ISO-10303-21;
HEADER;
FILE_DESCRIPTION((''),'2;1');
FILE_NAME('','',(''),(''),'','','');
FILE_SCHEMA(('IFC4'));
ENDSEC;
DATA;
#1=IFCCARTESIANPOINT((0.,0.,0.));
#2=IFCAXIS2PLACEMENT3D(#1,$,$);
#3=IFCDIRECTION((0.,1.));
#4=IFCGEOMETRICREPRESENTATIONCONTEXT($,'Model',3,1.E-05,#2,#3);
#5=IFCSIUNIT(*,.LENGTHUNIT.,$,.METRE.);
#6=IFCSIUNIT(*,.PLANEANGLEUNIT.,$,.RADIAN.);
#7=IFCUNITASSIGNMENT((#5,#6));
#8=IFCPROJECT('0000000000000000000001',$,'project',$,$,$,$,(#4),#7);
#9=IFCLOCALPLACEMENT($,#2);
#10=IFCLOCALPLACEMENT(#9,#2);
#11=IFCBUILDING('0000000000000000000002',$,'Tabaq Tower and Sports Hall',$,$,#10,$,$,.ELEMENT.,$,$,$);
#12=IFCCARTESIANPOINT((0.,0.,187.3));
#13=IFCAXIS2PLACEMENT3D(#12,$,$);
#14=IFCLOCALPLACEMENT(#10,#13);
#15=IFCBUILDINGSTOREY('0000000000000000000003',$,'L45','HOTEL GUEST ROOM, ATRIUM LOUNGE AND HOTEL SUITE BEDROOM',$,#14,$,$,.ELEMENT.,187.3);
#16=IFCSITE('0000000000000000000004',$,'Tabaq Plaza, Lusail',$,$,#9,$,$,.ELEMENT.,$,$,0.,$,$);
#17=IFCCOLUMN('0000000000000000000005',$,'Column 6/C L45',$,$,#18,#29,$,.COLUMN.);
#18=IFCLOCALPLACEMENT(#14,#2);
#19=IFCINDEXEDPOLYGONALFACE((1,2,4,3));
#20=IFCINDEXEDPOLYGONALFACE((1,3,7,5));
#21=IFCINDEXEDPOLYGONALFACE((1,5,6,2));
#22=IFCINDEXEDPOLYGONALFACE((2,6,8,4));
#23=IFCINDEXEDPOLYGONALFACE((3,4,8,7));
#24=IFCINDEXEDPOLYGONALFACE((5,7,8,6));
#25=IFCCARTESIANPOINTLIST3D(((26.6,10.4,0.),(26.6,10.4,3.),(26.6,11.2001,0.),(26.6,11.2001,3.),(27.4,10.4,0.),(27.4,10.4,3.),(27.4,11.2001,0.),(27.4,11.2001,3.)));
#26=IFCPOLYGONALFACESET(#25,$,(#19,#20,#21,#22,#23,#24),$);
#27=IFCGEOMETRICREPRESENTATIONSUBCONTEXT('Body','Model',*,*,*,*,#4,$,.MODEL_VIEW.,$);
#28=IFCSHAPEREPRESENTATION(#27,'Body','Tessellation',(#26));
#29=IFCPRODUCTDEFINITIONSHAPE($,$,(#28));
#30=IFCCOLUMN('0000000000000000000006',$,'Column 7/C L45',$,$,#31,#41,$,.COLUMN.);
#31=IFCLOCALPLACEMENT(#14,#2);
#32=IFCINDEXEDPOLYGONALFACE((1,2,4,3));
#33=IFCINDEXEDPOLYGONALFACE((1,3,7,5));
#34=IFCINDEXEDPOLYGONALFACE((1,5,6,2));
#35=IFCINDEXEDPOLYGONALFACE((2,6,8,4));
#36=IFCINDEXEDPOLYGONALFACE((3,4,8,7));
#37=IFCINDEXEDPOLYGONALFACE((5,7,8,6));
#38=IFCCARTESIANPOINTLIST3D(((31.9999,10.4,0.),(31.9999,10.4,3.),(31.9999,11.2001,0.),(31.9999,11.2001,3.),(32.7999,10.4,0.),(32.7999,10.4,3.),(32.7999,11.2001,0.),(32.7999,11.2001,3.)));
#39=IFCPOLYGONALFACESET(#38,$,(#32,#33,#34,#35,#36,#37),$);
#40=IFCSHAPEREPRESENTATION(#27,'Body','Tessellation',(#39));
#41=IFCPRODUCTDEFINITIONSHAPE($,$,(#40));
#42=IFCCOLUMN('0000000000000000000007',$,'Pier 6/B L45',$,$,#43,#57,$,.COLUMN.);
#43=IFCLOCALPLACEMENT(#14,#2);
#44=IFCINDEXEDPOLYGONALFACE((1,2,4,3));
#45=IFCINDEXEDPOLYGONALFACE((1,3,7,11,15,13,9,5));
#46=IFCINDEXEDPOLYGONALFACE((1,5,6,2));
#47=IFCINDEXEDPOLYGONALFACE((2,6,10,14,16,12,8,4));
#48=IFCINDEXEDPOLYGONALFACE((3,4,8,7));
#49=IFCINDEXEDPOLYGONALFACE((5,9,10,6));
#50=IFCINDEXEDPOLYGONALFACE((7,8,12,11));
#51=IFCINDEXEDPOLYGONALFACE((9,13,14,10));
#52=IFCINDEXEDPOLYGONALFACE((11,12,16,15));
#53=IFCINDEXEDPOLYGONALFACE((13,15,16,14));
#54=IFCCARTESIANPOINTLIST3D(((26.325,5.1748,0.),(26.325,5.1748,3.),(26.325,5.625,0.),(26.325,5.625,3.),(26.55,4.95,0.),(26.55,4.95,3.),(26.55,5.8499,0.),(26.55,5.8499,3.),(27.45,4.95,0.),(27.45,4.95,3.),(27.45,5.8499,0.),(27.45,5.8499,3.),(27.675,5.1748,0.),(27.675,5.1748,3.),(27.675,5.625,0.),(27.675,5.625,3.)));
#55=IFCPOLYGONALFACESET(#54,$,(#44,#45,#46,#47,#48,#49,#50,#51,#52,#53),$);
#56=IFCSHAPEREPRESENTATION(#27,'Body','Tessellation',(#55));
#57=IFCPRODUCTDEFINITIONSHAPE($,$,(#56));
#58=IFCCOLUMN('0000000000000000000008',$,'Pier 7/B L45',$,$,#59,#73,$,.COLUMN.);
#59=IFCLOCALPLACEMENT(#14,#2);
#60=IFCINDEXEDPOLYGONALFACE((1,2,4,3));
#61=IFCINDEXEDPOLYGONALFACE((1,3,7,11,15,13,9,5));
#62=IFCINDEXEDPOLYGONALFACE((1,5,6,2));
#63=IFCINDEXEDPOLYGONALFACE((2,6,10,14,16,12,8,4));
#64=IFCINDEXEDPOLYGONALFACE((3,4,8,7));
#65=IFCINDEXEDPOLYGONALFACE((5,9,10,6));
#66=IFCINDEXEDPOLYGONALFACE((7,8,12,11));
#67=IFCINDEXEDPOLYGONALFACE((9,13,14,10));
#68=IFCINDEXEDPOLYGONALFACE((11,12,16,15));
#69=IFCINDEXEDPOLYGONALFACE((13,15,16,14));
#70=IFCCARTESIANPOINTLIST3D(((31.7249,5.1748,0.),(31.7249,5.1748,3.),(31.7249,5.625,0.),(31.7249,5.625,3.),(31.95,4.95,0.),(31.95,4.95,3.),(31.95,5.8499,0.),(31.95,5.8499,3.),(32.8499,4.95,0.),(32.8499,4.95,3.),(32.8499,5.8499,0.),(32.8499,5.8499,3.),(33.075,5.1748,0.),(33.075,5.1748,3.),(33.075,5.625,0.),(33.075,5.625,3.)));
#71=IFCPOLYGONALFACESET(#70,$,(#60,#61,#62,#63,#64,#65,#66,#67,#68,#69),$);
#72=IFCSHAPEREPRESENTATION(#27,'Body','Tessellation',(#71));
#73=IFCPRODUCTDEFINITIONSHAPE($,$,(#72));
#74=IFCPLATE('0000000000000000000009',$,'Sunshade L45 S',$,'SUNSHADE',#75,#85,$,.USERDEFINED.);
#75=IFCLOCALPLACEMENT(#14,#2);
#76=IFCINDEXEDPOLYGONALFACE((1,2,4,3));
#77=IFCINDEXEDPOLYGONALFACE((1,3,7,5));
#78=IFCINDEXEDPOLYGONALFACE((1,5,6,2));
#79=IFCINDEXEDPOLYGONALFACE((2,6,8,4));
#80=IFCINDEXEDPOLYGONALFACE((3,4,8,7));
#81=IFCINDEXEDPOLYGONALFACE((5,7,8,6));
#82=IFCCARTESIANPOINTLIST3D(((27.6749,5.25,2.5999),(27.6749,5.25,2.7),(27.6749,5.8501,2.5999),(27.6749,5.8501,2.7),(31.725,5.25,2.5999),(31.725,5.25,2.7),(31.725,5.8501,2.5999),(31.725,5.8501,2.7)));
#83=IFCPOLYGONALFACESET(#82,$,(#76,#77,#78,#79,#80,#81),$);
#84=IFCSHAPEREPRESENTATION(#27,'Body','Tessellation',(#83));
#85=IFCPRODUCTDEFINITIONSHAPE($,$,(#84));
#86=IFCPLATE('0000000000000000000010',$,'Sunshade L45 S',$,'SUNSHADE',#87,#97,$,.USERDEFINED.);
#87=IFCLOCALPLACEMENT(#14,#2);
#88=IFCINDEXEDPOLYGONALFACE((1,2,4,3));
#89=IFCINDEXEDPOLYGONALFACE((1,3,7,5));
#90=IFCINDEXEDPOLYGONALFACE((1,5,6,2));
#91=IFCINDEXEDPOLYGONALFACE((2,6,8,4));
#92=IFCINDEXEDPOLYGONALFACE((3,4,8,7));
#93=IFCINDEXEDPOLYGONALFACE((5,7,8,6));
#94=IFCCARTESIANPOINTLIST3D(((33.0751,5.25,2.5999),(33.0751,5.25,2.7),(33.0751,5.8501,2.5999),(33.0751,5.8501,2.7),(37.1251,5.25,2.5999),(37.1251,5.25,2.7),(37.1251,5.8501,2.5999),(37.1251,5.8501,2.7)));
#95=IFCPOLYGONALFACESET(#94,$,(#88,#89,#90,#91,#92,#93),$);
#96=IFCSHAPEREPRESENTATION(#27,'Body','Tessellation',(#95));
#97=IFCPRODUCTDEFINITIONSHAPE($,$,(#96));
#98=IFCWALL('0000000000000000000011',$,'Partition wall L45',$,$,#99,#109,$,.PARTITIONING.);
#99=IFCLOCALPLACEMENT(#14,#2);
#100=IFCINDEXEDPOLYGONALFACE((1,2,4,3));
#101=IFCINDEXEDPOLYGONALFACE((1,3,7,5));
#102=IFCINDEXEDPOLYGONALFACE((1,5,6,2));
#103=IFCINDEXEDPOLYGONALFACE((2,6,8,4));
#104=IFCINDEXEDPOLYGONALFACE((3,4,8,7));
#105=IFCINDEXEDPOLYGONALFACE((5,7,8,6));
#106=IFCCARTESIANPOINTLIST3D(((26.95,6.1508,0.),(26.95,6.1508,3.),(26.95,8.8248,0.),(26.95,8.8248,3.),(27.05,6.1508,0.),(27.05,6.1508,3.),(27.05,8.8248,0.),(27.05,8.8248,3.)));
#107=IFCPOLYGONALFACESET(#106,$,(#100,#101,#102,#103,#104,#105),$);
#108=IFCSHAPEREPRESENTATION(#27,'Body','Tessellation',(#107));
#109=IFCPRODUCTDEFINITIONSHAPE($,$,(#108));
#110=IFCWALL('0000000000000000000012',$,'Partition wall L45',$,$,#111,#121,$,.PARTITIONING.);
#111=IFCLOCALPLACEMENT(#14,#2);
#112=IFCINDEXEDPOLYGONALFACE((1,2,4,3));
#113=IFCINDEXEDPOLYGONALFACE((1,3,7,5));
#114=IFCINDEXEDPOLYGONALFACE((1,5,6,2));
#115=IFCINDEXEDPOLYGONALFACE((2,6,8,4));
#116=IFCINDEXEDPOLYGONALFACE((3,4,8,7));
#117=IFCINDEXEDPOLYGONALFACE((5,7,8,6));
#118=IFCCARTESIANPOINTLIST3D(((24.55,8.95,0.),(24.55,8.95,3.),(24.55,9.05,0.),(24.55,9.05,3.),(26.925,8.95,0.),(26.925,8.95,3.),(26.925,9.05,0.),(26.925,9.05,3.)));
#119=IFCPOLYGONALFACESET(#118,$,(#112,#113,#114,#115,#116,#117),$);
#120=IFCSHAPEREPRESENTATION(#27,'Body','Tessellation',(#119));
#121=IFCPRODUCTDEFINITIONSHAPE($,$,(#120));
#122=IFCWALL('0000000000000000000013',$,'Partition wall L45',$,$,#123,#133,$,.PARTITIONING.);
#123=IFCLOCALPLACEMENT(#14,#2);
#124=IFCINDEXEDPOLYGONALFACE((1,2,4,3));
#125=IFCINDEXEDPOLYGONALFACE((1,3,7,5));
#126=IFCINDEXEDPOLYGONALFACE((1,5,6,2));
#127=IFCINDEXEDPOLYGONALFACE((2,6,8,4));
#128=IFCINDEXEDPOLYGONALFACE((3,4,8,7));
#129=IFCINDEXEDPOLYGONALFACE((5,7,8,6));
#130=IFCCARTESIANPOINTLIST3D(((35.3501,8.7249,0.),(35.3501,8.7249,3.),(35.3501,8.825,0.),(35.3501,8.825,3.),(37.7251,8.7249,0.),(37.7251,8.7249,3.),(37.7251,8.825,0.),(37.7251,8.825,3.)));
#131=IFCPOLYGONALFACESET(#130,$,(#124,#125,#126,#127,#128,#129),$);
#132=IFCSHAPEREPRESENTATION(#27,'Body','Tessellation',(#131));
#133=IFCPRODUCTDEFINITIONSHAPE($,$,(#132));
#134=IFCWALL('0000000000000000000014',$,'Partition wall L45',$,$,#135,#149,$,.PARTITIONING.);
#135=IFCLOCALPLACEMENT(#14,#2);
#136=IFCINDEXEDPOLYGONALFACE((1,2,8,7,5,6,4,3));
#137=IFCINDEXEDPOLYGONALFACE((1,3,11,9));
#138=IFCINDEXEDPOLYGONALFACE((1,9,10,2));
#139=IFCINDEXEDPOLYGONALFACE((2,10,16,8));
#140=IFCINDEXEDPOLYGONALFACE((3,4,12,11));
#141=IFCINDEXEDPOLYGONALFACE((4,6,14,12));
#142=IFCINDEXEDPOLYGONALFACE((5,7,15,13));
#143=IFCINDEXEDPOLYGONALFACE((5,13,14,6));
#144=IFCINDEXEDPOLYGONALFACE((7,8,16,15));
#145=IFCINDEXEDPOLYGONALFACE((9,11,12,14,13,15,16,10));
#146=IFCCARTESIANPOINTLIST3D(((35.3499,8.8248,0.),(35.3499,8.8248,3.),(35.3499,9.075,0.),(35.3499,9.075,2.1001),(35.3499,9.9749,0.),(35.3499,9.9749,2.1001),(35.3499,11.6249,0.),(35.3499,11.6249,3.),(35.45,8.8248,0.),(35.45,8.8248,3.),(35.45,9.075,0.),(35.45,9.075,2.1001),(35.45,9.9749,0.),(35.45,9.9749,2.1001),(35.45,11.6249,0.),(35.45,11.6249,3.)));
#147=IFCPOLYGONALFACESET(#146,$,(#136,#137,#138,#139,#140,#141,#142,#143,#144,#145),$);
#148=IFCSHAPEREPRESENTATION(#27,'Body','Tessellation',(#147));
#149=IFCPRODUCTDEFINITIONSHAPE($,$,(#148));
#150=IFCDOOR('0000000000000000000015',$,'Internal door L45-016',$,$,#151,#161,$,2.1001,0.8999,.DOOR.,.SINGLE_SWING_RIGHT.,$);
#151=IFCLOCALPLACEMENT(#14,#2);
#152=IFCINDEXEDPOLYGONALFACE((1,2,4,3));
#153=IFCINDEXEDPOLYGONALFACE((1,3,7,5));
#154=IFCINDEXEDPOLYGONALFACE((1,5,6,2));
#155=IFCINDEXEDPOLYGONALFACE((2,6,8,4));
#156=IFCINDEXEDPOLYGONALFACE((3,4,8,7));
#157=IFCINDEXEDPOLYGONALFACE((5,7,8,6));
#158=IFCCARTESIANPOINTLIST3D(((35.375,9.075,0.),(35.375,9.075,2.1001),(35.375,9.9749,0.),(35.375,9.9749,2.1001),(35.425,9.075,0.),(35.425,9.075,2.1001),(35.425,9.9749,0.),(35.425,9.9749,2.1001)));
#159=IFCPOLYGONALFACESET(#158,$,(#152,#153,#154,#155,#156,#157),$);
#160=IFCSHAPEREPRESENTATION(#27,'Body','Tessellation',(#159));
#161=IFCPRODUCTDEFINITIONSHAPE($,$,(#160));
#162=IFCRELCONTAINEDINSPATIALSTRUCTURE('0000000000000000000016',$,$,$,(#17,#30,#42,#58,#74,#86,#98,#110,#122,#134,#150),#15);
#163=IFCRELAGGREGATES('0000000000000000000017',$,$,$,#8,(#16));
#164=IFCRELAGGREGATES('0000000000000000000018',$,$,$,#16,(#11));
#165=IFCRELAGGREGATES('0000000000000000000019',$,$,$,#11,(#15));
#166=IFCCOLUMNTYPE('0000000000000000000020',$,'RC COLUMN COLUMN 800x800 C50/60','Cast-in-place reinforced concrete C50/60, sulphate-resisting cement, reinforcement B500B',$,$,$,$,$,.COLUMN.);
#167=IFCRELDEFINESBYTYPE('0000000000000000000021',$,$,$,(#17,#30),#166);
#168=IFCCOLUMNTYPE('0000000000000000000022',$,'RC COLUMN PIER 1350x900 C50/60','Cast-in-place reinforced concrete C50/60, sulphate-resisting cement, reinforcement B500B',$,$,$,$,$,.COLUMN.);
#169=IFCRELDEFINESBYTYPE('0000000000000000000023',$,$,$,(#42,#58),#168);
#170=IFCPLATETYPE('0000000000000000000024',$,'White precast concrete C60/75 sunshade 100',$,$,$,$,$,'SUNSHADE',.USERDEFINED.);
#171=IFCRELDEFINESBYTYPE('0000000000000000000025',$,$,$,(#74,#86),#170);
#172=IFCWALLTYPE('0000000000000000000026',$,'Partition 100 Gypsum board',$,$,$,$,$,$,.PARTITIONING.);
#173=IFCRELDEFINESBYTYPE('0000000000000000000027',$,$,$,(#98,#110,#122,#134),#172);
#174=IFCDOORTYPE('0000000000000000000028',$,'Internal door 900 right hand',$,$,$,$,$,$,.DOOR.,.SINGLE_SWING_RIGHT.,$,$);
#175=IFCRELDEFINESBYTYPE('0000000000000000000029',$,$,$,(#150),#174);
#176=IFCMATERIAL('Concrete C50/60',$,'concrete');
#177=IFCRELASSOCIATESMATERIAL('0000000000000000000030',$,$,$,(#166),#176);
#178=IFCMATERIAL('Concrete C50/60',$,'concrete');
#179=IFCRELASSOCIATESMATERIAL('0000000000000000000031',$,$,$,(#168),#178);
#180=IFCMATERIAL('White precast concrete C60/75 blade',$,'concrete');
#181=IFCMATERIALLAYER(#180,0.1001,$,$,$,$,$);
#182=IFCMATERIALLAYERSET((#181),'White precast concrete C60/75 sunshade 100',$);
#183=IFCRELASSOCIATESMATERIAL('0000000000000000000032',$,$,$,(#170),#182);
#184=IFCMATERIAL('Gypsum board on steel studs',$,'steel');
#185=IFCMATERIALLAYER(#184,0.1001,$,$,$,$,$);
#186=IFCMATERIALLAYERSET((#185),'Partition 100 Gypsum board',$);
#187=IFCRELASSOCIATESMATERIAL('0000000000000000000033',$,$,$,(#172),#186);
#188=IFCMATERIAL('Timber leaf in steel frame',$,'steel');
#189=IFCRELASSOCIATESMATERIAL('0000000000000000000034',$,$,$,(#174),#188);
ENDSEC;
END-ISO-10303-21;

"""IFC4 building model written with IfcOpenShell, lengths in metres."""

from ifc_helpers import new_model, si_unit, direction, frame, frame_2d, origin, origin_2d, place, context, subcontext, project, spatial, polyline, rectangle, outline, extrude, material, layer, layer_set, material_profile, profile_set, type_object, element, fill, save


model = new_model("IFC4")

# Units and contexts
model_context = context("Model", 3, precision=1e-05, world=origin(), true_north=direction((0.0, 1.0)))
body_context = subcontext(model_context, "Body", "Model", "MODEL_VIEW")
ifc_project = project(units=[si_unit("LENGTHUNIT", "METRE"), si_unit("PLANEANGLEUNIT", "RADIAN")], contexts=[model_context])

# Site, building, storey
site_placement = place(None, origin())
site = spatial("IfcSite", under=ifc_project, at=site_placement, Name="Tabaq Plaza, Lusail", CompositionType="ELEMENT", RefElevation=0.0)
building_placement = place(site_placement, origin())
building = spatial("IfcBuilding", under=site, at=building_placement, Name="Tabaq Tower and Sports Hall", CompositionType="ELEMENT")
storey_placement = place(building_placement, frame((0.0, 0.0, 187.3)))
storey = spatial("IfcBuildingStorey", under=building, at=storey_placement, Name="L45", Description="HOTEL GUEST ROOM, ATRIUM LOUNGE AND HOTEL SUITE BEDROOM", CompositionType="ELEMENT", Elevation=187.3)

# Columns
ifc_material_1 = material(Name="Concrete C50/60", Category="concrete")
ifc_material_profile_1 = material_profile(ifc_material_1, rectangle(XDim=0.8, YDim=0.8, at=origin_2d()), Name="COLUMN 800x800")
ifc_profile_set_1 = profile_set([ifc_material_profile_1], Name="Concrete C50/60")
column_type_1 = type_object("IfcColumnType", Name="RC COLUMN COLUMN 800x800 C50/60", Description="Cast-in-place reinforced concrete C50/60, sulphate-resisting cement, reinforcement B500B", PredefinedType="COLUMN", material=ifc_profile_set_1)
for number, where, z_axis, x_axis, name in (
    (1, (27.0, 10.8, 0.0), (0.0, 0.0, 1.0), (1.0, 0.0, 0.0), "Column 6/C L45"),
    (2, (32.3999, 10.8, 0.0), (0.0, 0.0, 1.0), (1.0, 0.0, 0.0), "Column 7/C L45"),
):
    element("IfcColumn", number, at=place(storey_placement, frame(where, z_axis=z_axis, x_axis=x_axis)), inside=storey, type_object=column_type_1, Name=name, PredefinedType="COLUMN", context=body_context, shape_type="SweptSolid", body=[
        extrude(rectangle(XDim=0.8, YDim=0.8, at=origin_2d()), origin(), (0.0, 0.0, 1.0), 3.0),
    ])
ifc_material_2 = material(Name="Concrete C50/60", Category="concrete")
ifc_material_profile_2 = material_profile(ifc_material_2, outline(polyline([(-0.45, -0.45), (0.45, -0.45), (0.675, -0.2251), (0.675, 0.2251), (0.45, 0.45), (-0.45, 0.45), (-0.675, 0.2251), (-0.675, -0.2251), (-0.45, -0.45)])), Name="PIER 1350x900")
ifc_profile_set_2 = profile_set([ifc_material_profile_2], Name="Concrete C50/60")
column_type_2 = type_object("IfcColumnType", Name="RC COLUMN PIER 1350x900 C50/60", Description="Cast-in-place reinforced concrete C50/60, sulphate-resisting cement, reinforcement B500B", PredefinedType="COLUMN", material=ifc_profile_set_2)
for number, where, z_axis, x_axis, name in (
    (3, (27.0, 5.3999, 0.0), (0.0, 0.0, 1.0), (1.0, 0.0, 0.0), "Pier 6/B L45"),
    (4, (32.3999, 5.3999, 0.0), (0.0, 0.0, 1.0), (1.0, 0.0, 0.0), "Pier 7/B L45"),
):
    element("IfcColumn", number, at=place(storey_placement, frame(where, z_axis=z_axis, x_axis=x_axis)), inside=storey, type_object=column_type_2, Name=name, PredefinedType="COLUMN", context=body_context, shape_type="SweptSolid", body=[
        extrude(outline(polyline([(-0.45, -0.45), (0.45, -0.45), (0.675, -0.2251), (0.675, 0.2251), (0.45, 0.45), (-0.45, 0.45), (-0.675, 0.2251), (-0.675, -0.2251), (-0.45, -0.45)])), origin(), (0.0, 0.0, 1.0), 3.0),
    ])

# Plates
ifc_material_3 = material(Name="White precast concrete C60/75 blade", Category="concrete")
ifc_layer_1 = layer(ifc_material_3, 0.1001)
ifc_layer_set_1 = layer_set([ifc_layer_1], Name="White precast concrete C60/75 sunshade 100")
plate_type = type_object("IfcPlateType", Name="White precast concrete C60/75 sunshade 100", ElementType="SUNSHADE", PredefinedType="USERDEFINED", material=ifc_layer_set_1)
for number, where, z_axis, x_axis, name in (
    (5, (29.7, 5.55, 2.5999), (0.0, 0.0, 1.0), (1.0, 0.0, 0.0), "Sunshade L45 S"),
    (6, (35.1001, 5.55, 2.5999), (0.0, 0.0, 1.0), (1.0, 0.0, 0.0), "Sunshade L45 S"),
):
    element("IfcPlate", number, at=place(storey_placement, frame(where, z_axis=z_axis, x_axis=x_axis)), inside=storey, type_object=plate_type, Name=name, ObjectType="SUNSHADE", PredefinedType="USERDEFINED", context=body_context, shape_type="SweptSolid", body=[
        extrude(rectangle(XDim=4.05, YDim=0.6001, at=origin_2d()), origin(), (0.0, 0.0, 1.0), 0.1001),
    ])

# Walls
ifc_material_4 = material(Name="Gypsum board on steel studs", Category="steel")
ifc_layer_2 = layer(ifc_material_4, 0.1001)
ifc_layer_set_2 = layer_set([ifc_layer_2], Name="Partition 100 Gypsum board")
wall_type_1 = type_object("IfcWallType", Name="Partition 100 Gypsum board", PredefinedType="PARTITIONING", material=ifc_layer_set_2)
wall_1_placement = place(storey_placement, frame((27.0, 6.1509, 0.0), z_axis=(0.0, 0.0, 1.0), x_axis=(0.0, 1.0, 0.0)))
element("IfcWall", 7, at=wall_1_placement, inside=storey, type_object=wall_type_1, Name="Partition wall L45", PredefinedType="PARTITIONING", context=body_context, shape_type="SweptSolid", body=[
    extrude(rectangle(XDim=2.6741, YDim=0.1001, at=frame_2d((1.3369, 0.0))), origin(), (0.0, 0.0, 1.0), 3.0),
])
for number, where, z_axis, x_axis, name in (
    (8, (26.925, 9.0, 0.0), (0.0, 0.0, 1.0), (-1.0, 0.0, 0.0), "Partition wall L45"),
    (9, (37.7251, 8.7749, 0.0), (0.0, 0.0, 1.0), (-1.0, 0.0, 0.0), "Partition wall L45"),
):
    element("IfcWall", number, at=place(storey_placement, frame(where, z_axis=z_axis, x_axis=x_axis)), inside=storey, type_object=wall_type_1, Name=name, PredefinedType="PARTITIONING", context=body_context, shape_type="SweptSolid", body=[
        extrude(rectangle(XDim=2.375, YDim=0.1001, at=frame_2d((1.1875, 0.0))), origin(), (0.0, 0.0, 1.0), 3.0),
    ])

# Wall, opening, door
wall_2_placement = place(storey_placement, frame((35.3999, 8.825, 0.0), z_axis=(0.0, 0.0, 1.0), x_axis=(0.0, 1.0, 0.0)))
wall_2 = element("IfcWall", 10, at=wall_2_placement, inside=storey, type_object=wall_type_1, Name="Partition wall L45", PredefinedType="PARTITIONING", context=body_context, shape_type="SweptSolid", body=[
    extrude(rectangle(XDim=2.8, YDim=0.1001, at=frame_2d((1.3999, 0.0))), origin(), (0.0, 0.0, 1.0), 3.0),
])
opening_1_placement = place(wall_2_placement, frame((0.25, 0.0, 0.0)))
opening_1 = element("IfcOpeningElement", 11, at=opening_1_placement, cuts=wall_2, PredefinedType="OPENING", context=body_context, shape_type="SweptSolid", body=[
    extrude(rectangle(XDim=0.8999, YDim=2.1001, at=frame_2d((0.45, 1.05))), frame((0.0, 0.05, 0.0), z_axis=(0.0, -1.0, 0.0), x_axis=(1.0, 0.0, 0.0)), (0.0, 0.0, 1.0), 0.1001),
])
ifc_material_5 = material(Name="Timber leaf in steel frame", Category="steel")
door_type_1 = type_object("IfcDoorType", Name="Internal door 900 right hand", OperationType="SINGLE_SWING_RIGHT", PredefinedType="DOOR", material=ifc_material_5)
door_1_placement = place(opening_1_placement, origin())
door_1 = element("IfcDoor", 12, at=door_1_placement, inside=storey, type_object=door_type_1, Name="Internal door L45-016", OperationType="SINGLE_SWING_RIGHT", OverallHeight=2.1001, OverallWidth=0.8999, PredefinedType="DOOR", context=body_context, shape_type="SweptSolid", body=[
    extrude(rectangle(XDim=0.8999, YDim=2.1001, at=frame_2d((0.45, 1.05))), frame((0.0, 0.0249, 0.0), z_axis=(0.0, -1.0, 0.0), x_axis=(1.0, 0.0, 0.0)), (0.0, 0.0, 1.0), 0.05),
])
fill(opening_1, door_1)

save(model, "model.ifc")
